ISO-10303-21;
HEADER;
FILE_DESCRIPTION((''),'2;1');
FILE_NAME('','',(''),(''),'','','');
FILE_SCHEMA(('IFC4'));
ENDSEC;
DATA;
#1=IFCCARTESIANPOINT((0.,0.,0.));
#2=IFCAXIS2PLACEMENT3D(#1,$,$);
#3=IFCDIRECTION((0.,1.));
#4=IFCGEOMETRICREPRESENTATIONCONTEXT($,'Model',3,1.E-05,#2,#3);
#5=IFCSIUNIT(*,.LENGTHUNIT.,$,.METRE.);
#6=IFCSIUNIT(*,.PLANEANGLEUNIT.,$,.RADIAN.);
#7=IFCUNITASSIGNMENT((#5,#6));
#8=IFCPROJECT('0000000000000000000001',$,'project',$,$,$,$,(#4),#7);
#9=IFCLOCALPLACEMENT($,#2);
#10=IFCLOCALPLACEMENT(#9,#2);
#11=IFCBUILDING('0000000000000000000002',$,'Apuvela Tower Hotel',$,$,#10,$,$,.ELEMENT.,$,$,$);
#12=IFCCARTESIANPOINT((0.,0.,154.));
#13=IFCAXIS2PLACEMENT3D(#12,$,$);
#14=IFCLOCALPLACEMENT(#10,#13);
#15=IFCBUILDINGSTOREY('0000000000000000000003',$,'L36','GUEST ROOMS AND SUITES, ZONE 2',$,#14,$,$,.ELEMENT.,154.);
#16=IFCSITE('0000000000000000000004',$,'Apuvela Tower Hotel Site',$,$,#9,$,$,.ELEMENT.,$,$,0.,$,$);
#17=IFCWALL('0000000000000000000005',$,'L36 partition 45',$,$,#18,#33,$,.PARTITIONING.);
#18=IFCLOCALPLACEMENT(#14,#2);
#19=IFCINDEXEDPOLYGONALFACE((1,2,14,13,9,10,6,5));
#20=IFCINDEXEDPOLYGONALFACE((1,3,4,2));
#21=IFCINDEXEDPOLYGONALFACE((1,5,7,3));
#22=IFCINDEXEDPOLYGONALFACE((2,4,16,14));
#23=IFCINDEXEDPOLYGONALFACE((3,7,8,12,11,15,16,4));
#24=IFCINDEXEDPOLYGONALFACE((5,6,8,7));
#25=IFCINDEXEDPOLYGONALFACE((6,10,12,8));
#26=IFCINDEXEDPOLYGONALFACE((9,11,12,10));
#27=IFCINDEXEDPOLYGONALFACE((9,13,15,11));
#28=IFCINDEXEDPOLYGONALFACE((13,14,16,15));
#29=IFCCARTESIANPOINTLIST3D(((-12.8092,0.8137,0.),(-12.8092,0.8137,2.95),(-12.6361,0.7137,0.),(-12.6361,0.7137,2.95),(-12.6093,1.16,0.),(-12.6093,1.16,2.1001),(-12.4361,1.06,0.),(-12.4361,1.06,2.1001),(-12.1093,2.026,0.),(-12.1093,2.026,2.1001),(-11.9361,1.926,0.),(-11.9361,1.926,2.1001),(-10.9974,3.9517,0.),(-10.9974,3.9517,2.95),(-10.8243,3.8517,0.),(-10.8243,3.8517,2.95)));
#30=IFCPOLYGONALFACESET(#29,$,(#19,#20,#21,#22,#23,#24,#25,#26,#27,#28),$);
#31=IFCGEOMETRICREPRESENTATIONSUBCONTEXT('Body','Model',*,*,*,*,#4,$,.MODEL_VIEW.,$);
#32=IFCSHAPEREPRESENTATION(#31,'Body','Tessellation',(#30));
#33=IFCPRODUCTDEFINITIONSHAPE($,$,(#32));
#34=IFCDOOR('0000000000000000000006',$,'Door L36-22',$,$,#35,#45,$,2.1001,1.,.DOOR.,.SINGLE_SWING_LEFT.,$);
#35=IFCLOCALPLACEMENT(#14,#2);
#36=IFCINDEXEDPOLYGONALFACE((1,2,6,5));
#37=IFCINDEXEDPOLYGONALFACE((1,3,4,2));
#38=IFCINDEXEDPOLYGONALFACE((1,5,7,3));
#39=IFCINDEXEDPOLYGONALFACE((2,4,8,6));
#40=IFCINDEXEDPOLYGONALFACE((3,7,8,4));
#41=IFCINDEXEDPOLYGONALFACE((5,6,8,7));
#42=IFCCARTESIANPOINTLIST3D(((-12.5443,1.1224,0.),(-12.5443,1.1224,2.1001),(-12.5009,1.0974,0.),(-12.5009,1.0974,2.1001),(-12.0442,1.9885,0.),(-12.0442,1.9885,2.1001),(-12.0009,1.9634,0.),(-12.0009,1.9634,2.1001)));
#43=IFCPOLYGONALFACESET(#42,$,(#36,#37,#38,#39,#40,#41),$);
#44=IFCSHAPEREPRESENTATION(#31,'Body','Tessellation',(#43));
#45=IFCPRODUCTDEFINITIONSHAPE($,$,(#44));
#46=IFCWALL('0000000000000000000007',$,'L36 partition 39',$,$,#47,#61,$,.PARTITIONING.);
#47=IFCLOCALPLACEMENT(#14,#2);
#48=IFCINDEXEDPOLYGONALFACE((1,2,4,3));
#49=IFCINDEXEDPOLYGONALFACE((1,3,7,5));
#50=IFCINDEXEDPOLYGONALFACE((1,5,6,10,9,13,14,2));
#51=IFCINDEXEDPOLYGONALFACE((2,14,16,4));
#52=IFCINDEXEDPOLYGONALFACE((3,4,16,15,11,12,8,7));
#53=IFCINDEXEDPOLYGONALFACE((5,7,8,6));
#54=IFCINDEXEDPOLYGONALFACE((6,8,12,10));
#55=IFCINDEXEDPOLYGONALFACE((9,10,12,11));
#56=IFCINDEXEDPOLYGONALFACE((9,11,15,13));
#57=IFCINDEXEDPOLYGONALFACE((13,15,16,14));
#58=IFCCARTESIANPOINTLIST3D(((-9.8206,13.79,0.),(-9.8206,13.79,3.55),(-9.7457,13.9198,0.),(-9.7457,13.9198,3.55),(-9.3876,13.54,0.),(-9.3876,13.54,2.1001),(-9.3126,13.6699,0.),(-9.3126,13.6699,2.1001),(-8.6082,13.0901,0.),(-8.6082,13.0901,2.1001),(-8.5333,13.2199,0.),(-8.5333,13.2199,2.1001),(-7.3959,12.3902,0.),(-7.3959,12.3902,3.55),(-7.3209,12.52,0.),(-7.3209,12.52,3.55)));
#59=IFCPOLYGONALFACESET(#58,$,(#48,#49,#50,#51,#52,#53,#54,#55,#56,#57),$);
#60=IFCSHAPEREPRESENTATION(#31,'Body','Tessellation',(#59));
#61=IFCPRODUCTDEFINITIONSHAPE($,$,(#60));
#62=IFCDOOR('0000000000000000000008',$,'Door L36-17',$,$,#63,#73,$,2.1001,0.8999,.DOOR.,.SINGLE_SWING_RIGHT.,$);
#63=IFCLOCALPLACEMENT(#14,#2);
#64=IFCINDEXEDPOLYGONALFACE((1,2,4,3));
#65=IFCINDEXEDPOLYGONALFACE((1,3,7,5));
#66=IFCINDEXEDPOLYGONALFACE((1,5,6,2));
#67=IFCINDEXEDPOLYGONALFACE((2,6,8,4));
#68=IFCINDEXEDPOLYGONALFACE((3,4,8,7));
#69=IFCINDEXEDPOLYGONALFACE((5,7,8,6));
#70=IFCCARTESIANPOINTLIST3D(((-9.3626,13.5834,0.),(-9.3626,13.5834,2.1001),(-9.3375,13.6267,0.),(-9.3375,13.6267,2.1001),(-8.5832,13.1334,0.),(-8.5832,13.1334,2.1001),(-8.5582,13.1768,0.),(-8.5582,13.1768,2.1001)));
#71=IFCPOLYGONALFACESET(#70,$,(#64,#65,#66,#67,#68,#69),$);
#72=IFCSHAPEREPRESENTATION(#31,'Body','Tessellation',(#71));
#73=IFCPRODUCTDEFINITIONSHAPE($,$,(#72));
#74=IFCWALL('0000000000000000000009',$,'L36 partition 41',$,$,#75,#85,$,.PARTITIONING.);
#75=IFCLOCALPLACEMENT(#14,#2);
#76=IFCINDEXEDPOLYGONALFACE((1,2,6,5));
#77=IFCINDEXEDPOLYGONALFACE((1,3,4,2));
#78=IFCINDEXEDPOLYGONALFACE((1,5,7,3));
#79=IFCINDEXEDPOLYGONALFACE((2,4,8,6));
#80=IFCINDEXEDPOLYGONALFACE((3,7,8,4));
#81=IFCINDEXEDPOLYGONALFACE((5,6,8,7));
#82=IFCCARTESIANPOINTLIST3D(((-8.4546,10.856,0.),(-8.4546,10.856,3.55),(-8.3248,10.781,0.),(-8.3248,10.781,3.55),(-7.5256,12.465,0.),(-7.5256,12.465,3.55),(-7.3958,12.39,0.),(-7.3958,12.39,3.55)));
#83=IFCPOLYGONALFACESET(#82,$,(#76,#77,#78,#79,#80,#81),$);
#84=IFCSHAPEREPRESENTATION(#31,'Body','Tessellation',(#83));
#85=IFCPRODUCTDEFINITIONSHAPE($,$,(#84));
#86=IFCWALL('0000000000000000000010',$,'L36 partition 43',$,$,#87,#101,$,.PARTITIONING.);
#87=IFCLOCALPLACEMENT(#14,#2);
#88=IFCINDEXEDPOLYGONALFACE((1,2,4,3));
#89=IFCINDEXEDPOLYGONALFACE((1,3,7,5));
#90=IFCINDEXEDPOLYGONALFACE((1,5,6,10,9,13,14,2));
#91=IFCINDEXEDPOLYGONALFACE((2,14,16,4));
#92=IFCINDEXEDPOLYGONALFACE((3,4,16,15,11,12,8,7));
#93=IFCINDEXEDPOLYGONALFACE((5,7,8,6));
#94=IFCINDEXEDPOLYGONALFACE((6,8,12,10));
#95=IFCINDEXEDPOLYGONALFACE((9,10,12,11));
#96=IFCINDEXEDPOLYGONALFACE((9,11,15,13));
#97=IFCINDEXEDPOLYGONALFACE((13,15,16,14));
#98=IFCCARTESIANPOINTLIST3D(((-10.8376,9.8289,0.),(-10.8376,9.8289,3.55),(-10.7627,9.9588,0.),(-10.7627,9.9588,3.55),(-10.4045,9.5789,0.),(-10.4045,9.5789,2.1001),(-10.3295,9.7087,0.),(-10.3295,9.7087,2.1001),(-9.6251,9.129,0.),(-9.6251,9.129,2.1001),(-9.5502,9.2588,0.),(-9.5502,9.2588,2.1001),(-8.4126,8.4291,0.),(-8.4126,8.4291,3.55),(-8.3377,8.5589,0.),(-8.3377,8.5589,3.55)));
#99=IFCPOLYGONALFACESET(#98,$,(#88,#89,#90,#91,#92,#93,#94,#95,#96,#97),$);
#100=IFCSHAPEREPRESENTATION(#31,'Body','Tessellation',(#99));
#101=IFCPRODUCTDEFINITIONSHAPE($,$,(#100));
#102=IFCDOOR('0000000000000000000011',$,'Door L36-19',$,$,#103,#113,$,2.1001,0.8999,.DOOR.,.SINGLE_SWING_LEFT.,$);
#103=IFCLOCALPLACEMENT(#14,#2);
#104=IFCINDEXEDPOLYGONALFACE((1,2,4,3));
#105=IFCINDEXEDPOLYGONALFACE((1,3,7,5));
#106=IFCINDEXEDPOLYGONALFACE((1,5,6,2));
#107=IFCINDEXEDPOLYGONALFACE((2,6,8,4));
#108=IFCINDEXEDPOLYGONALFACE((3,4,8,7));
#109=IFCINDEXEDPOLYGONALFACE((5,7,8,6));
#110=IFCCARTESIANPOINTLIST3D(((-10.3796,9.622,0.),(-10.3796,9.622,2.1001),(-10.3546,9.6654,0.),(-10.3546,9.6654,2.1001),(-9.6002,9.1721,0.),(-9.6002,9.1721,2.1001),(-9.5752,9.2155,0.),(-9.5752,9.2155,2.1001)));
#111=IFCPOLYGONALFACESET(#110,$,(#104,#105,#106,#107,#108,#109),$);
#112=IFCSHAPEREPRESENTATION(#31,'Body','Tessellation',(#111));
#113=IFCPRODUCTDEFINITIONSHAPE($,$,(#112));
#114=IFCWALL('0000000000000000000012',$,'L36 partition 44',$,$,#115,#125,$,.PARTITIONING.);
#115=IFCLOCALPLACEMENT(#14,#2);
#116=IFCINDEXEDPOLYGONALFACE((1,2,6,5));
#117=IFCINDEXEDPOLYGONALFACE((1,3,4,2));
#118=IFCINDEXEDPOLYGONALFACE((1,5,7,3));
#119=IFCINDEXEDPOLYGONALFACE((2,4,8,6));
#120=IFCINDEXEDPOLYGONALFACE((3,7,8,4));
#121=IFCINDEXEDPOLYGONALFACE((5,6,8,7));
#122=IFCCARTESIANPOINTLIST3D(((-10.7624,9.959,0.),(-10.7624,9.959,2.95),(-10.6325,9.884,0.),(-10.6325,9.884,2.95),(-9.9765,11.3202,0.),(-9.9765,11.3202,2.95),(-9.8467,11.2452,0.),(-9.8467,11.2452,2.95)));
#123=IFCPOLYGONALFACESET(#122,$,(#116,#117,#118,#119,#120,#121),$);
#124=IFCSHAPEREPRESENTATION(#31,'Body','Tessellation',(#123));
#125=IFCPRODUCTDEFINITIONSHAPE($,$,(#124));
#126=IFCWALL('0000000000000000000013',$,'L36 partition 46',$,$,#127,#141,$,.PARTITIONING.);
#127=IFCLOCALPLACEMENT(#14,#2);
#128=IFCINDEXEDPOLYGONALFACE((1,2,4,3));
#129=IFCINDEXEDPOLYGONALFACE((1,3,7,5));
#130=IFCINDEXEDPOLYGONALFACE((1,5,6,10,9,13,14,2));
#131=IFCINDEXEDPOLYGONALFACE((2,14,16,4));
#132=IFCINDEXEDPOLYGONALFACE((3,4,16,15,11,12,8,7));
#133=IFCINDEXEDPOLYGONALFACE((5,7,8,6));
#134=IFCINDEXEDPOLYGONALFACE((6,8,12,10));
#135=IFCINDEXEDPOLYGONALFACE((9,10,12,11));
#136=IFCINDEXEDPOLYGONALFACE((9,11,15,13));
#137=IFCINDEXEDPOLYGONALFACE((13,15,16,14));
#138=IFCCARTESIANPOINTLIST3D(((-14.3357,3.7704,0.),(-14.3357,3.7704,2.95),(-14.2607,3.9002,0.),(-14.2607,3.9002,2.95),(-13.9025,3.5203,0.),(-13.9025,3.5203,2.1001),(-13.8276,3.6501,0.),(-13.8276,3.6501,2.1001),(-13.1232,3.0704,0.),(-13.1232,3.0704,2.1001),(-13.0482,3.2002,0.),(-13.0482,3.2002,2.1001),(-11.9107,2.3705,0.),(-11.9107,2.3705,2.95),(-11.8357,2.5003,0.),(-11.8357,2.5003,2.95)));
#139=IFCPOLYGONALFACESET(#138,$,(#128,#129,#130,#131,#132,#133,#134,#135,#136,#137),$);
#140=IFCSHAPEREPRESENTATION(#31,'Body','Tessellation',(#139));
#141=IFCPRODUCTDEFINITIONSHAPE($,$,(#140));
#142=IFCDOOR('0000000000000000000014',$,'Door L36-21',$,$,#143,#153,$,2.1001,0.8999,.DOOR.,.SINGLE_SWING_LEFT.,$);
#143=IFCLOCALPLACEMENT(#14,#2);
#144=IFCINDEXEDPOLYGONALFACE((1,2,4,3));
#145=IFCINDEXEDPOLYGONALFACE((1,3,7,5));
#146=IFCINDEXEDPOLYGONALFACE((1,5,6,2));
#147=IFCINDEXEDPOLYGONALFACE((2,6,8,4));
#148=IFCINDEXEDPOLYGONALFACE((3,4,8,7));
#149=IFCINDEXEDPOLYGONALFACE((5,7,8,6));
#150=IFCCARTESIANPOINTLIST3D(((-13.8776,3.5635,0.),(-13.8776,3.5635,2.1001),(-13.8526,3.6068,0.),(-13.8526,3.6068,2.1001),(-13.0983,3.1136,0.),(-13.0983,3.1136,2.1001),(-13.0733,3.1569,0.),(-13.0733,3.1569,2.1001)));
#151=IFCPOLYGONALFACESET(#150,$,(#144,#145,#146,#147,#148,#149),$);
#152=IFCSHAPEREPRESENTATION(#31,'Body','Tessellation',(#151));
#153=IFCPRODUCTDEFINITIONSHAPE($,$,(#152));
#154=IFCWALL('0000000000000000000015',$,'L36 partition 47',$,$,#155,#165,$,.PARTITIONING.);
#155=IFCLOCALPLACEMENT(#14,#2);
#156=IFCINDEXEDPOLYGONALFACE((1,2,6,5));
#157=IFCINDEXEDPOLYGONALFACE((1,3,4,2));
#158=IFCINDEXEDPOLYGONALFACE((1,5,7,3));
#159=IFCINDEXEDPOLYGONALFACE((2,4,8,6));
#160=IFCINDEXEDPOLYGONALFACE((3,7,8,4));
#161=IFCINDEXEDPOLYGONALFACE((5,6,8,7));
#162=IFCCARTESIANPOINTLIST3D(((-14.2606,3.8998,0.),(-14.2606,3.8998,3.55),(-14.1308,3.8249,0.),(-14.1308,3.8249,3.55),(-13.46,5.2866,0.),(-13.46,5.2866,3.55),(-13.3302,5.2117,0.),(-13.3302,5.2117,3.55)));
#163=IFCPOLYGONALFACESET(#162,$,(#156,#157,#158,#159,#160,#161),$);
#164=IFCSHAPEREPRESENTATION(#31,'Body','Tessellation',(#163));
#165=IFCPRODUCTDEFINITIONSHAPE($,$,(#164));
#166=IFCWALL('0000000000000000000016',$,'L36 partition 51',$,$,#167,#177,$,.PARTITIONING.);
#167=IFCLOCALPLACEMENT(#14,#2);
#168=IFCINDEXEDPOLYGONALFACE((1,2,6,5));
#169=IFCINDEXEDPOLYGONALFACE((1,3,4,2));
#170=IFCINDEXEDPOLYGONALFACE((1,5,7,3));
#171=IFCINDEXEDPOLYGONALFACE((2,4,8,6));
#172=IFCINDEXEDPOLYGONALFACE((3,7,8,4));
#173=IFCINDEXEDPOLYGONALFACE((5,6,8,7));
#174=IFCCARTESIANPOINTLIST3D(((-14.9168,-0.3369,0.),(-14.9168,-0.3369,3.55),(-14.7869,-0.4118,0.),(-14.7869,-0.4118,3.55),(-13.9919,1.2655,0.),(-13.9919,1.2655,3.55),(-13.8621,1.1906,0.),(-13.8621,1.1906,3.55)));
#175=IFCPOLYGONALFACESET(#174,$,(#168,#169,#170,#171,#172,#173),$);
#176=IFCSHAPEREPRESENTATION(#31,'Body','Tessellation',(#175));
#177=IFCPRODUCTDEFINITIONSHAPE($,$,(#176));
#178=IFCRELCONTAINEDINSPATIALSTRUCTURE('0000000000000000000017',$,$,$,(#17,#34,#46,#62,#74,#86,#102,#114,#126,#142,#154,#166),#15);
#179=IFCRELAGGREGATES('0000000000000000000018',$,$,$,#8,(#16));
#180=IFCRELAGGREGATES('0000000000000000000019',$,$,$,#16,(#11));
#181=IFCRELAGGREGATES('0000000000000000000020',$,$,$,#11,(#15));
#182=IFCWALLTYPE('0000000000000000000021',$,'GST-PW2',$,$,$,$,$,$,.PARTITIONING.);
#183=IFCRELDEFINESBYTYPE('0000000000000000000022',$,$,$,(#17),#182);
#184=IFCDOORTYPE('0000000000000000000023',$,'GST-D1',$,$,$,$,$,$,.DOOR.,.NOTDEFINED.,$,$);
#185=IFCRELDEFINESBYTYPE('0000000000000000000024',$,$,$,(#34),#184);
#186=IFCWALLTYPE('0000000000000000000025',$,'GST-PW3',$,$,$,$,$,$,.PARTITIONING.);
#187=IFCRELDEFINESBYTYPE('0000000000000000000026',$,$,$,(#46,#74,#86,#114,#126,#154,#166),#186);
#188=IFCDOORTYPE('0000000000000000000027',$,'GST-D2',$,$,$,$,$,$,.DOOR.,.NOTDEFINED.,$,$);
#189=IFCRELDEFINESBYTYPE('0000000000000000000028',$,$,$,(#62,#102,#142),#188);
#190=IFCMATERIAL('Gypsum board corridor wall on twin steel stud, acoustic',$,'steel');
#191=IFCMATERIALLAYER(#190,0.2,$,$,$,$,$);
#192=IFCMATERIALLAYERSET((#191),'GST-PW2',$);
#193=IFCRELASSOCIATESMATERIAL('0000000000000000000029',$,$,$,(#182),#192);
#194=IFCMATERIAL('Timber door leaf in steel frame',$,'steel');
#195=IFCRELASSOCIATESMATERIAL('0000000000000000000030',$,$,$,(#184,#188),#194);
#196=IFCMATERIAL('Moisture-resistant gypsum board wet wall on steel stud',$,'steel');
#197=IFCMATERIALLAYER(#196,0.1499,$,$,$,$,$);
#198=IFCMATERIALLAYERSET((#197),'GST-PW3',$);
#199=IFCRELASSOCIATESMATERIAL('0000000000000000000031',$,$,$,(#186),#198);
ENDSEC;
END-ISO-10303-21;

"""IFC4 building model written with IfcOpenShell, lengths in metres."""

from ifc_helpers import new_model, si_unit, direction, frame, frame_2d, origin, place, context, subcontext, project, spatial, rectangle, extrude, material, layer, layer_set, type_object, element, fill, save


model = new_model("IFC4")

# Units and contexts
model_context = context("Model", 3, precision=1e-05, world=origin(), true_north=direction((0.0, 1.0)))
body_context = subcontext(model_context, "Body", "Model", "MODEL_VIEW")
ifc_project = project(units=[si_unit("LENGTHUNIT", "METRE"), si_unit("PLANEANGLEUNIT", "RADIAN")], contexts=[model_context])

# Site, building, storey
site_placement = place(None, origin())
site = spatial("IfcSite", under=ifc_project, at=site_placement, Name="Apuvela Tower Hotel Site", CompositionType="ELEMENT", RefElevation=0.0)
building_placement = place(site_placement, origin())
building = spatial("IfcBuilding", under=site, at=building_placement, Name="Apuvela Tower Hotel", CompositionType="ELEMENT")
storey_placement = place(building_placement, frame((0.0, 0.0, 154.0)))
storey = spatial("IfcBuildingStorey", under=building, at=storey_placement, Name="L36", Description="GUEST ROOMS AND SUITES, ZONE 2", CompositionType="ELEMENT", Elevation=154.0)

# Walls, openings, doors
ifc_material_1 = material(Name="Gypsum board corridor wall on twin steel stud, acoustic", Category="steel")
ifc_layer_1 = layer(ifc_material_1, 0.2)
ifc_layer_set_1 = layer_set([ifc_layer_1], Name="GST-PW2")
wall_type_1 = type_object("IfcWallType", Name="GST-PW2", PredefinedType="PARTITIONING", material=ifc_layer_set_1)
ifc_material_2 = material(Name="Timber door leaf in steel frame", Category="steel")
door_type_1 = type_object("IfcDoorType", Name="GST-D1", OperationType="NOTDEFINED", PredefinedType="DOOR", material=ifc_material_2)
wall_1_placement = place(storey_placement, frame((-12.7227, 0.7637, 0.0), z_axis=(0.0, 0.0, 1.0), x_axis=(0.500016, 0.866016, 0.0)))
wall_1 = element("IfcWall", 1, at=wall_1_placement, inside=storey, type_object=wall_type_1, Name="L36 partition 45", PredefinedType="PARTITIONING", context=body_context, shape_type="SweptSolid", body=[
    extrude(rectangle(XDim=3.6235, YDim=0.2, at=frame_2d((1.8118, 0.0))), origin(), (0.0, 0.0, 1.0), 2.95),
])
opening_1_placement = place(wall_1_placement, frame((0.3999, 0.0, 0.0)))
opening_1 = element("IfcOpeningElement", 2, at=opening_1_placement, cuts=wall_1, PredefinedType="OPENING", context=body_context, shape_type="SweptSolid", body=[
    extrude(rectangle(XDim=1.0, YDim=2.1001, at=frame_2d((0.5, 1.05))), frame((0.0, 0.1099, 0.0), z_axis=(0.0, -1.0, 0.0), x_axis=(1.0, 0.0, 0.0)), (0.0, 0.0, 1.0), 0.22),
])
door_1_placement = place(opening_1_placement, origin())
door_1 = element("IfcDoor", 3, at=door_1_placement, inside=storey, type_object=door_type_1, Name="Door L36-22", OperationType="SINGLE_SWING_LEFT", OverallHeight=2.1001, OverallWidth=1.0, PredefinedType="DOOR", context=body_context, shape_type="SweptSolid", body=[
    extrude(rectangle(XDim=1.0, YDim=2.1001, at=frame_2d((0.5, 1.05))), frame((0.0, 0.0249, 0.0), z_axis=(0.0, -1.0, 0.0), x_axis=(1.0, 0.0, 0.0)), (0.0, 0.0, 1.0), 0.05),
])
fill(opening_1, door_1)
ifc_material_3 = material(Name="Moisture-resistant gypsum board wet wall on steel stud", Category="steel")
ifc_layer_2 = layer(ifc_material_3, 0.1499)
ifc_layer_set_2 = layer_set([ifc_layer_2], Name="GST-PW3")
wall_type_2 = type_object("IfcWallType", Name="GST-PW3", PredefinedType="PARTITIONING", material=ifc_layer_set_2)
wall_2_placement = place(storey_placement, frame((-7.3584, 12.4551, 0.0), z_axis=(0.0, 0.0, 1.0), x_axis=(-0.866035, 0.499984, 0.0)))
wall_2 = element("IfcWall", 4, at=wall_2_placement, inside=storey, type_object=wall_type_2, Name="L36 partition 39", PredefinedType="PARTITIONING", context=body_context, shape_type="SweptSolid", body=[
    extrude(rectangle(XDim=2.7998, YDim=0.1499, at=frame_2d((1.3999, 0.0))), origin(), (0.0, 0.0, 1.0), 3.55),
])
opening_2_placement = place(wall_2_placement, frame((1.3999, 0.0, 0.0)))
opening_2 = element("IfcOpeningElement", 5, at=opening_2_placement, cuts=wall_2, PredefinedType="OPENING", context=body_context, shape_type="SweptSolid", body=[
    extrude(rectangle(XDim=0.8999, YDim=2.1001, at=frame_2d((0.45, 1.05))), frame((0.0, 0.085, 0.0), z_axis=(0.0, -1.0, 0.0), x_axis=(1.0, 0.0, 0.0)), (0.0, 0.0, 1.0), 0.1699),
])
door_type_2 = type_object("IfcDoorType", Name="GST-D2", OperationType="NOTDEFINED", PredefinedType="DOOR", material=ifc_material_2)
door_2_placement = place(opening_2_placement, origin())
door_2 = element("IfcDoor", 6, at=door_2_placement, inside=storey, type_object=door_type_2, Name="Door L36-17", OperationType="SINGLE_SWING_RIGHT", OverallHeight=2.1001, OverallWidth=0.8999, PredefinedType="DOOR", context=body_context, shape_type="SweptSolid", body=[
    extrude(rectangle(XDim=0.8999, YDim=2.1001, at=frame_2d((0.45, 1.05))), frame((0.0, 0.0249, 0.0), z_axis=(0.0, -1.0, 0.0), x_axis=(1.0, 0.0, 0.0)), (0.0, 0.0, 1.0), 0.05),
])
fill(opening_2, door_2)

# Wall
wall_3_placement = place(storey_placement, frame((-7.4607, 12.4275, 0.0), z_axis=(0.0, 0.0, 1.0), x_axis=(-0.500026, -0.866011, 0.0)))
element("IfcWall", 7, at=wall_3_placement, inside=storey, type_object=wall_type_2, Name="L36 partition 41", PredefinedType="PARTITIONING", context=body_context, shape_type="SweptSolid", body=[
    extrude(rectangle(XDim=1.8579, YDim=0.1499, at=frame_2d((0.929, 0.0))), origin(), (0.0, 0.0, 1.0), 3.55),
])

# Wall, opening, door
wall_4_placement = place(storey_placement, frame((-10.8, 9.8938, 0.0), z_axis=(0.0, 0.0, 1.0), x_axis=(0.866056, -0.499946, 0.0)))
wall_4 = element("IfcWall", 8, at=wall_4_placement, inside=storey, type_object=wall_type_2, Name="L36 partition 43", PredefinedType="PARTITIONING", context=body_context, shape_type="SweptSolid", body=[
    extrude(rectangle(XDim=2.8, YDim=0.1499, at=frame_2d((1.3999, 0.0))), origin(), (0.0, 0.0, 1.0), 3.55),
])
opening_3_placement = place(wall_4_placement, frame((0.5, 0.0, 0.0)))
opening_3 = element("IfcOpeningElement", 9, at=opening_3_placement, cuts=wall_4, PredefinedType="OPENING", context=body_context, shape_type="SweptSolid", body=[
    extrude(rectangle(XDim=0.8999, YDim=2.1001, at=frame_2d((0.45, 1.05))), frame((0.0, 0.085, 0.0), z_axis=(0.0, -1.0, 0.0), x_axis=(1.0, 0.0, 0.0)), (0.0, 0.0, 1.0), 0.1699),
])
door_3_placement = place(opening_3_placement, origin())
door_3 = element("IfcDoor", 10, at=door_3_placement, inside=storey, type_object=door_type_2, Name="Door L36-19", OperationType="SINGLE_SWING_LEFT", OverallHeight=2.1001, OverallWidth=0.8999, PredefinedType="DOOR", context=body_context, shape_type="SweptSolid", body=[
    extrude(rectangle(XDim=0.8999, YDim=2.1001, at=frame_2d((0.45, 1.05))), frame((0.0, 0.0249, 0.0), z_axis=(0.0, -1.0, 0.0), x_axis=(1.0, 0.0, 0.0)), (0.0, 0.0, 1.0), 0.05),
])
fill(opening_3, door_3)

# Wall
wall_5_placement = place(storey_placement, frame((-9.9116, 11.2827, 0.0), z_axis=(0.0, 0.0, 1.0), x_axis=(-0.499964, -0.866046, 0.0)))
element("IfcWall", 11, at=wall_5_placement, inside=storey, type_object=wall_type_2, Name="L36 partition 44", PredefinedType="PARTITIONING", context=body_context, shape_type="SweptSolid", body=[
    extrude(rectangle(XDim=1.5718, YDim=0.1499, at=frame_2d((0.7859, 0.0))), origin(), (0.0, 0.0, 1.0), 2.95),
])

# Wall, opening, door
wall_6_placement = place(storey_placement, frame((-14.2981, 3.8352, 0.0), z_axis=(0.0, 0.0, 1.0), x_axis=(0.866056, -0.499946, 0.0)))
wall_6 = element("IfcWall", 12, at=wall_6_placement, inside=storey, type_object=wall_type_2, Name="L36 partition 46", PredefinedType="PARTITIONING", context=body_context, shape_type="SweptSolid", body=[
    extrude(rectangle(XDim=2.8, YDim=0.1499, at=frame_2d((1.3999, 0.0))), origin(), (0.0, 0.0, 1.0), 2.95),
])
opening_4_placement = place(wall_6_placement, frame((0.5, 0.0, 0.0)))
opening_4 = element("IfcOpeningElement", 13, at=opening_4_placement, cuts=wall_6, PredefinedType="OPENING", context=body_context, shape_type="SweptSolid", body=[
    extrude(rectangle(XDim=0.8999, YDim=2.1001, at=frame_2d((0.45, 1.05))), frame((0.0, 0.085, 0.0), z_axis=(0.0, -1.0, 0.0), x_axis=(1.0, 0.0, 0.0)), (0.0, 0.0, 1.0), 0.1699),
])
door_4_placement = place(opening_4_placement, origin())
door_4 = element("IfcDoor", 14, at=door_4_placement, inside=storey, type_object=door_type_2, Name="Door L36-21", OperationType="SINGLE_SWING_LEFT", OverallHeight=2.1001, OverallWidth=0.8999, PredefinedType="DOOR", context=body_context, shape_type="SweptSolid", body=[
    extrude(rectangle(XDim=0.8999, YDim=2.1001, at=frame_2d((0.45, 1.05))), frame((0.0, 0.0249, 0.0), z_axis=(0.0, -1.0, 0.0), x_axis=(1.0, 0.0, 0.0)), (0.0, 0.0, 1.0), 0.05),
])
fill(opening_4, door_4)

# Walls
wall_7_placement = place(storey_placement, frame((-13.395, 5.2493, 0.0), z_axis=(0.0, 0.0, 1.0), x_axis=(-0.49996, -0.866048, 0.0)))
element("IfcWall", 15, at=wall_7_placement, inside=storey, type_object=wall_type_2, Name="L36 partition 47", PredefinedType="PARTITIONING", context=body_context, shape_type="SweptSolid", body=[
    extrude(rectangle(XDim=1.6013, YDim=0.1499, at=frame_2d((0.8008, 0.0))), origin(), (0.0, 0.0, 1.0), 3.55),
])
wall_8_placement = place(storey_placement, frame((-13.927, 1.228, 0.0), z_axis=(0.0, 0.0, 1.0), x_axis=(-0.499886, -0.866091, 0.0)))
element("IfcWall", 16, at=wall_8_placement, inside=storey, type_object=wall_type_2, Name="L36 partition 51", PredefinedType="PARTITIONING", context=body_context, shape_type="SweptSolid", body=[
    extrude(rectangle(XDim=1.8501, YDim=0.1499, at=frame_2d((0.925, 0.0))), origin(), (0.0, 0.0, 1.0), 3.55),
])

save(model, "model.ifc")
